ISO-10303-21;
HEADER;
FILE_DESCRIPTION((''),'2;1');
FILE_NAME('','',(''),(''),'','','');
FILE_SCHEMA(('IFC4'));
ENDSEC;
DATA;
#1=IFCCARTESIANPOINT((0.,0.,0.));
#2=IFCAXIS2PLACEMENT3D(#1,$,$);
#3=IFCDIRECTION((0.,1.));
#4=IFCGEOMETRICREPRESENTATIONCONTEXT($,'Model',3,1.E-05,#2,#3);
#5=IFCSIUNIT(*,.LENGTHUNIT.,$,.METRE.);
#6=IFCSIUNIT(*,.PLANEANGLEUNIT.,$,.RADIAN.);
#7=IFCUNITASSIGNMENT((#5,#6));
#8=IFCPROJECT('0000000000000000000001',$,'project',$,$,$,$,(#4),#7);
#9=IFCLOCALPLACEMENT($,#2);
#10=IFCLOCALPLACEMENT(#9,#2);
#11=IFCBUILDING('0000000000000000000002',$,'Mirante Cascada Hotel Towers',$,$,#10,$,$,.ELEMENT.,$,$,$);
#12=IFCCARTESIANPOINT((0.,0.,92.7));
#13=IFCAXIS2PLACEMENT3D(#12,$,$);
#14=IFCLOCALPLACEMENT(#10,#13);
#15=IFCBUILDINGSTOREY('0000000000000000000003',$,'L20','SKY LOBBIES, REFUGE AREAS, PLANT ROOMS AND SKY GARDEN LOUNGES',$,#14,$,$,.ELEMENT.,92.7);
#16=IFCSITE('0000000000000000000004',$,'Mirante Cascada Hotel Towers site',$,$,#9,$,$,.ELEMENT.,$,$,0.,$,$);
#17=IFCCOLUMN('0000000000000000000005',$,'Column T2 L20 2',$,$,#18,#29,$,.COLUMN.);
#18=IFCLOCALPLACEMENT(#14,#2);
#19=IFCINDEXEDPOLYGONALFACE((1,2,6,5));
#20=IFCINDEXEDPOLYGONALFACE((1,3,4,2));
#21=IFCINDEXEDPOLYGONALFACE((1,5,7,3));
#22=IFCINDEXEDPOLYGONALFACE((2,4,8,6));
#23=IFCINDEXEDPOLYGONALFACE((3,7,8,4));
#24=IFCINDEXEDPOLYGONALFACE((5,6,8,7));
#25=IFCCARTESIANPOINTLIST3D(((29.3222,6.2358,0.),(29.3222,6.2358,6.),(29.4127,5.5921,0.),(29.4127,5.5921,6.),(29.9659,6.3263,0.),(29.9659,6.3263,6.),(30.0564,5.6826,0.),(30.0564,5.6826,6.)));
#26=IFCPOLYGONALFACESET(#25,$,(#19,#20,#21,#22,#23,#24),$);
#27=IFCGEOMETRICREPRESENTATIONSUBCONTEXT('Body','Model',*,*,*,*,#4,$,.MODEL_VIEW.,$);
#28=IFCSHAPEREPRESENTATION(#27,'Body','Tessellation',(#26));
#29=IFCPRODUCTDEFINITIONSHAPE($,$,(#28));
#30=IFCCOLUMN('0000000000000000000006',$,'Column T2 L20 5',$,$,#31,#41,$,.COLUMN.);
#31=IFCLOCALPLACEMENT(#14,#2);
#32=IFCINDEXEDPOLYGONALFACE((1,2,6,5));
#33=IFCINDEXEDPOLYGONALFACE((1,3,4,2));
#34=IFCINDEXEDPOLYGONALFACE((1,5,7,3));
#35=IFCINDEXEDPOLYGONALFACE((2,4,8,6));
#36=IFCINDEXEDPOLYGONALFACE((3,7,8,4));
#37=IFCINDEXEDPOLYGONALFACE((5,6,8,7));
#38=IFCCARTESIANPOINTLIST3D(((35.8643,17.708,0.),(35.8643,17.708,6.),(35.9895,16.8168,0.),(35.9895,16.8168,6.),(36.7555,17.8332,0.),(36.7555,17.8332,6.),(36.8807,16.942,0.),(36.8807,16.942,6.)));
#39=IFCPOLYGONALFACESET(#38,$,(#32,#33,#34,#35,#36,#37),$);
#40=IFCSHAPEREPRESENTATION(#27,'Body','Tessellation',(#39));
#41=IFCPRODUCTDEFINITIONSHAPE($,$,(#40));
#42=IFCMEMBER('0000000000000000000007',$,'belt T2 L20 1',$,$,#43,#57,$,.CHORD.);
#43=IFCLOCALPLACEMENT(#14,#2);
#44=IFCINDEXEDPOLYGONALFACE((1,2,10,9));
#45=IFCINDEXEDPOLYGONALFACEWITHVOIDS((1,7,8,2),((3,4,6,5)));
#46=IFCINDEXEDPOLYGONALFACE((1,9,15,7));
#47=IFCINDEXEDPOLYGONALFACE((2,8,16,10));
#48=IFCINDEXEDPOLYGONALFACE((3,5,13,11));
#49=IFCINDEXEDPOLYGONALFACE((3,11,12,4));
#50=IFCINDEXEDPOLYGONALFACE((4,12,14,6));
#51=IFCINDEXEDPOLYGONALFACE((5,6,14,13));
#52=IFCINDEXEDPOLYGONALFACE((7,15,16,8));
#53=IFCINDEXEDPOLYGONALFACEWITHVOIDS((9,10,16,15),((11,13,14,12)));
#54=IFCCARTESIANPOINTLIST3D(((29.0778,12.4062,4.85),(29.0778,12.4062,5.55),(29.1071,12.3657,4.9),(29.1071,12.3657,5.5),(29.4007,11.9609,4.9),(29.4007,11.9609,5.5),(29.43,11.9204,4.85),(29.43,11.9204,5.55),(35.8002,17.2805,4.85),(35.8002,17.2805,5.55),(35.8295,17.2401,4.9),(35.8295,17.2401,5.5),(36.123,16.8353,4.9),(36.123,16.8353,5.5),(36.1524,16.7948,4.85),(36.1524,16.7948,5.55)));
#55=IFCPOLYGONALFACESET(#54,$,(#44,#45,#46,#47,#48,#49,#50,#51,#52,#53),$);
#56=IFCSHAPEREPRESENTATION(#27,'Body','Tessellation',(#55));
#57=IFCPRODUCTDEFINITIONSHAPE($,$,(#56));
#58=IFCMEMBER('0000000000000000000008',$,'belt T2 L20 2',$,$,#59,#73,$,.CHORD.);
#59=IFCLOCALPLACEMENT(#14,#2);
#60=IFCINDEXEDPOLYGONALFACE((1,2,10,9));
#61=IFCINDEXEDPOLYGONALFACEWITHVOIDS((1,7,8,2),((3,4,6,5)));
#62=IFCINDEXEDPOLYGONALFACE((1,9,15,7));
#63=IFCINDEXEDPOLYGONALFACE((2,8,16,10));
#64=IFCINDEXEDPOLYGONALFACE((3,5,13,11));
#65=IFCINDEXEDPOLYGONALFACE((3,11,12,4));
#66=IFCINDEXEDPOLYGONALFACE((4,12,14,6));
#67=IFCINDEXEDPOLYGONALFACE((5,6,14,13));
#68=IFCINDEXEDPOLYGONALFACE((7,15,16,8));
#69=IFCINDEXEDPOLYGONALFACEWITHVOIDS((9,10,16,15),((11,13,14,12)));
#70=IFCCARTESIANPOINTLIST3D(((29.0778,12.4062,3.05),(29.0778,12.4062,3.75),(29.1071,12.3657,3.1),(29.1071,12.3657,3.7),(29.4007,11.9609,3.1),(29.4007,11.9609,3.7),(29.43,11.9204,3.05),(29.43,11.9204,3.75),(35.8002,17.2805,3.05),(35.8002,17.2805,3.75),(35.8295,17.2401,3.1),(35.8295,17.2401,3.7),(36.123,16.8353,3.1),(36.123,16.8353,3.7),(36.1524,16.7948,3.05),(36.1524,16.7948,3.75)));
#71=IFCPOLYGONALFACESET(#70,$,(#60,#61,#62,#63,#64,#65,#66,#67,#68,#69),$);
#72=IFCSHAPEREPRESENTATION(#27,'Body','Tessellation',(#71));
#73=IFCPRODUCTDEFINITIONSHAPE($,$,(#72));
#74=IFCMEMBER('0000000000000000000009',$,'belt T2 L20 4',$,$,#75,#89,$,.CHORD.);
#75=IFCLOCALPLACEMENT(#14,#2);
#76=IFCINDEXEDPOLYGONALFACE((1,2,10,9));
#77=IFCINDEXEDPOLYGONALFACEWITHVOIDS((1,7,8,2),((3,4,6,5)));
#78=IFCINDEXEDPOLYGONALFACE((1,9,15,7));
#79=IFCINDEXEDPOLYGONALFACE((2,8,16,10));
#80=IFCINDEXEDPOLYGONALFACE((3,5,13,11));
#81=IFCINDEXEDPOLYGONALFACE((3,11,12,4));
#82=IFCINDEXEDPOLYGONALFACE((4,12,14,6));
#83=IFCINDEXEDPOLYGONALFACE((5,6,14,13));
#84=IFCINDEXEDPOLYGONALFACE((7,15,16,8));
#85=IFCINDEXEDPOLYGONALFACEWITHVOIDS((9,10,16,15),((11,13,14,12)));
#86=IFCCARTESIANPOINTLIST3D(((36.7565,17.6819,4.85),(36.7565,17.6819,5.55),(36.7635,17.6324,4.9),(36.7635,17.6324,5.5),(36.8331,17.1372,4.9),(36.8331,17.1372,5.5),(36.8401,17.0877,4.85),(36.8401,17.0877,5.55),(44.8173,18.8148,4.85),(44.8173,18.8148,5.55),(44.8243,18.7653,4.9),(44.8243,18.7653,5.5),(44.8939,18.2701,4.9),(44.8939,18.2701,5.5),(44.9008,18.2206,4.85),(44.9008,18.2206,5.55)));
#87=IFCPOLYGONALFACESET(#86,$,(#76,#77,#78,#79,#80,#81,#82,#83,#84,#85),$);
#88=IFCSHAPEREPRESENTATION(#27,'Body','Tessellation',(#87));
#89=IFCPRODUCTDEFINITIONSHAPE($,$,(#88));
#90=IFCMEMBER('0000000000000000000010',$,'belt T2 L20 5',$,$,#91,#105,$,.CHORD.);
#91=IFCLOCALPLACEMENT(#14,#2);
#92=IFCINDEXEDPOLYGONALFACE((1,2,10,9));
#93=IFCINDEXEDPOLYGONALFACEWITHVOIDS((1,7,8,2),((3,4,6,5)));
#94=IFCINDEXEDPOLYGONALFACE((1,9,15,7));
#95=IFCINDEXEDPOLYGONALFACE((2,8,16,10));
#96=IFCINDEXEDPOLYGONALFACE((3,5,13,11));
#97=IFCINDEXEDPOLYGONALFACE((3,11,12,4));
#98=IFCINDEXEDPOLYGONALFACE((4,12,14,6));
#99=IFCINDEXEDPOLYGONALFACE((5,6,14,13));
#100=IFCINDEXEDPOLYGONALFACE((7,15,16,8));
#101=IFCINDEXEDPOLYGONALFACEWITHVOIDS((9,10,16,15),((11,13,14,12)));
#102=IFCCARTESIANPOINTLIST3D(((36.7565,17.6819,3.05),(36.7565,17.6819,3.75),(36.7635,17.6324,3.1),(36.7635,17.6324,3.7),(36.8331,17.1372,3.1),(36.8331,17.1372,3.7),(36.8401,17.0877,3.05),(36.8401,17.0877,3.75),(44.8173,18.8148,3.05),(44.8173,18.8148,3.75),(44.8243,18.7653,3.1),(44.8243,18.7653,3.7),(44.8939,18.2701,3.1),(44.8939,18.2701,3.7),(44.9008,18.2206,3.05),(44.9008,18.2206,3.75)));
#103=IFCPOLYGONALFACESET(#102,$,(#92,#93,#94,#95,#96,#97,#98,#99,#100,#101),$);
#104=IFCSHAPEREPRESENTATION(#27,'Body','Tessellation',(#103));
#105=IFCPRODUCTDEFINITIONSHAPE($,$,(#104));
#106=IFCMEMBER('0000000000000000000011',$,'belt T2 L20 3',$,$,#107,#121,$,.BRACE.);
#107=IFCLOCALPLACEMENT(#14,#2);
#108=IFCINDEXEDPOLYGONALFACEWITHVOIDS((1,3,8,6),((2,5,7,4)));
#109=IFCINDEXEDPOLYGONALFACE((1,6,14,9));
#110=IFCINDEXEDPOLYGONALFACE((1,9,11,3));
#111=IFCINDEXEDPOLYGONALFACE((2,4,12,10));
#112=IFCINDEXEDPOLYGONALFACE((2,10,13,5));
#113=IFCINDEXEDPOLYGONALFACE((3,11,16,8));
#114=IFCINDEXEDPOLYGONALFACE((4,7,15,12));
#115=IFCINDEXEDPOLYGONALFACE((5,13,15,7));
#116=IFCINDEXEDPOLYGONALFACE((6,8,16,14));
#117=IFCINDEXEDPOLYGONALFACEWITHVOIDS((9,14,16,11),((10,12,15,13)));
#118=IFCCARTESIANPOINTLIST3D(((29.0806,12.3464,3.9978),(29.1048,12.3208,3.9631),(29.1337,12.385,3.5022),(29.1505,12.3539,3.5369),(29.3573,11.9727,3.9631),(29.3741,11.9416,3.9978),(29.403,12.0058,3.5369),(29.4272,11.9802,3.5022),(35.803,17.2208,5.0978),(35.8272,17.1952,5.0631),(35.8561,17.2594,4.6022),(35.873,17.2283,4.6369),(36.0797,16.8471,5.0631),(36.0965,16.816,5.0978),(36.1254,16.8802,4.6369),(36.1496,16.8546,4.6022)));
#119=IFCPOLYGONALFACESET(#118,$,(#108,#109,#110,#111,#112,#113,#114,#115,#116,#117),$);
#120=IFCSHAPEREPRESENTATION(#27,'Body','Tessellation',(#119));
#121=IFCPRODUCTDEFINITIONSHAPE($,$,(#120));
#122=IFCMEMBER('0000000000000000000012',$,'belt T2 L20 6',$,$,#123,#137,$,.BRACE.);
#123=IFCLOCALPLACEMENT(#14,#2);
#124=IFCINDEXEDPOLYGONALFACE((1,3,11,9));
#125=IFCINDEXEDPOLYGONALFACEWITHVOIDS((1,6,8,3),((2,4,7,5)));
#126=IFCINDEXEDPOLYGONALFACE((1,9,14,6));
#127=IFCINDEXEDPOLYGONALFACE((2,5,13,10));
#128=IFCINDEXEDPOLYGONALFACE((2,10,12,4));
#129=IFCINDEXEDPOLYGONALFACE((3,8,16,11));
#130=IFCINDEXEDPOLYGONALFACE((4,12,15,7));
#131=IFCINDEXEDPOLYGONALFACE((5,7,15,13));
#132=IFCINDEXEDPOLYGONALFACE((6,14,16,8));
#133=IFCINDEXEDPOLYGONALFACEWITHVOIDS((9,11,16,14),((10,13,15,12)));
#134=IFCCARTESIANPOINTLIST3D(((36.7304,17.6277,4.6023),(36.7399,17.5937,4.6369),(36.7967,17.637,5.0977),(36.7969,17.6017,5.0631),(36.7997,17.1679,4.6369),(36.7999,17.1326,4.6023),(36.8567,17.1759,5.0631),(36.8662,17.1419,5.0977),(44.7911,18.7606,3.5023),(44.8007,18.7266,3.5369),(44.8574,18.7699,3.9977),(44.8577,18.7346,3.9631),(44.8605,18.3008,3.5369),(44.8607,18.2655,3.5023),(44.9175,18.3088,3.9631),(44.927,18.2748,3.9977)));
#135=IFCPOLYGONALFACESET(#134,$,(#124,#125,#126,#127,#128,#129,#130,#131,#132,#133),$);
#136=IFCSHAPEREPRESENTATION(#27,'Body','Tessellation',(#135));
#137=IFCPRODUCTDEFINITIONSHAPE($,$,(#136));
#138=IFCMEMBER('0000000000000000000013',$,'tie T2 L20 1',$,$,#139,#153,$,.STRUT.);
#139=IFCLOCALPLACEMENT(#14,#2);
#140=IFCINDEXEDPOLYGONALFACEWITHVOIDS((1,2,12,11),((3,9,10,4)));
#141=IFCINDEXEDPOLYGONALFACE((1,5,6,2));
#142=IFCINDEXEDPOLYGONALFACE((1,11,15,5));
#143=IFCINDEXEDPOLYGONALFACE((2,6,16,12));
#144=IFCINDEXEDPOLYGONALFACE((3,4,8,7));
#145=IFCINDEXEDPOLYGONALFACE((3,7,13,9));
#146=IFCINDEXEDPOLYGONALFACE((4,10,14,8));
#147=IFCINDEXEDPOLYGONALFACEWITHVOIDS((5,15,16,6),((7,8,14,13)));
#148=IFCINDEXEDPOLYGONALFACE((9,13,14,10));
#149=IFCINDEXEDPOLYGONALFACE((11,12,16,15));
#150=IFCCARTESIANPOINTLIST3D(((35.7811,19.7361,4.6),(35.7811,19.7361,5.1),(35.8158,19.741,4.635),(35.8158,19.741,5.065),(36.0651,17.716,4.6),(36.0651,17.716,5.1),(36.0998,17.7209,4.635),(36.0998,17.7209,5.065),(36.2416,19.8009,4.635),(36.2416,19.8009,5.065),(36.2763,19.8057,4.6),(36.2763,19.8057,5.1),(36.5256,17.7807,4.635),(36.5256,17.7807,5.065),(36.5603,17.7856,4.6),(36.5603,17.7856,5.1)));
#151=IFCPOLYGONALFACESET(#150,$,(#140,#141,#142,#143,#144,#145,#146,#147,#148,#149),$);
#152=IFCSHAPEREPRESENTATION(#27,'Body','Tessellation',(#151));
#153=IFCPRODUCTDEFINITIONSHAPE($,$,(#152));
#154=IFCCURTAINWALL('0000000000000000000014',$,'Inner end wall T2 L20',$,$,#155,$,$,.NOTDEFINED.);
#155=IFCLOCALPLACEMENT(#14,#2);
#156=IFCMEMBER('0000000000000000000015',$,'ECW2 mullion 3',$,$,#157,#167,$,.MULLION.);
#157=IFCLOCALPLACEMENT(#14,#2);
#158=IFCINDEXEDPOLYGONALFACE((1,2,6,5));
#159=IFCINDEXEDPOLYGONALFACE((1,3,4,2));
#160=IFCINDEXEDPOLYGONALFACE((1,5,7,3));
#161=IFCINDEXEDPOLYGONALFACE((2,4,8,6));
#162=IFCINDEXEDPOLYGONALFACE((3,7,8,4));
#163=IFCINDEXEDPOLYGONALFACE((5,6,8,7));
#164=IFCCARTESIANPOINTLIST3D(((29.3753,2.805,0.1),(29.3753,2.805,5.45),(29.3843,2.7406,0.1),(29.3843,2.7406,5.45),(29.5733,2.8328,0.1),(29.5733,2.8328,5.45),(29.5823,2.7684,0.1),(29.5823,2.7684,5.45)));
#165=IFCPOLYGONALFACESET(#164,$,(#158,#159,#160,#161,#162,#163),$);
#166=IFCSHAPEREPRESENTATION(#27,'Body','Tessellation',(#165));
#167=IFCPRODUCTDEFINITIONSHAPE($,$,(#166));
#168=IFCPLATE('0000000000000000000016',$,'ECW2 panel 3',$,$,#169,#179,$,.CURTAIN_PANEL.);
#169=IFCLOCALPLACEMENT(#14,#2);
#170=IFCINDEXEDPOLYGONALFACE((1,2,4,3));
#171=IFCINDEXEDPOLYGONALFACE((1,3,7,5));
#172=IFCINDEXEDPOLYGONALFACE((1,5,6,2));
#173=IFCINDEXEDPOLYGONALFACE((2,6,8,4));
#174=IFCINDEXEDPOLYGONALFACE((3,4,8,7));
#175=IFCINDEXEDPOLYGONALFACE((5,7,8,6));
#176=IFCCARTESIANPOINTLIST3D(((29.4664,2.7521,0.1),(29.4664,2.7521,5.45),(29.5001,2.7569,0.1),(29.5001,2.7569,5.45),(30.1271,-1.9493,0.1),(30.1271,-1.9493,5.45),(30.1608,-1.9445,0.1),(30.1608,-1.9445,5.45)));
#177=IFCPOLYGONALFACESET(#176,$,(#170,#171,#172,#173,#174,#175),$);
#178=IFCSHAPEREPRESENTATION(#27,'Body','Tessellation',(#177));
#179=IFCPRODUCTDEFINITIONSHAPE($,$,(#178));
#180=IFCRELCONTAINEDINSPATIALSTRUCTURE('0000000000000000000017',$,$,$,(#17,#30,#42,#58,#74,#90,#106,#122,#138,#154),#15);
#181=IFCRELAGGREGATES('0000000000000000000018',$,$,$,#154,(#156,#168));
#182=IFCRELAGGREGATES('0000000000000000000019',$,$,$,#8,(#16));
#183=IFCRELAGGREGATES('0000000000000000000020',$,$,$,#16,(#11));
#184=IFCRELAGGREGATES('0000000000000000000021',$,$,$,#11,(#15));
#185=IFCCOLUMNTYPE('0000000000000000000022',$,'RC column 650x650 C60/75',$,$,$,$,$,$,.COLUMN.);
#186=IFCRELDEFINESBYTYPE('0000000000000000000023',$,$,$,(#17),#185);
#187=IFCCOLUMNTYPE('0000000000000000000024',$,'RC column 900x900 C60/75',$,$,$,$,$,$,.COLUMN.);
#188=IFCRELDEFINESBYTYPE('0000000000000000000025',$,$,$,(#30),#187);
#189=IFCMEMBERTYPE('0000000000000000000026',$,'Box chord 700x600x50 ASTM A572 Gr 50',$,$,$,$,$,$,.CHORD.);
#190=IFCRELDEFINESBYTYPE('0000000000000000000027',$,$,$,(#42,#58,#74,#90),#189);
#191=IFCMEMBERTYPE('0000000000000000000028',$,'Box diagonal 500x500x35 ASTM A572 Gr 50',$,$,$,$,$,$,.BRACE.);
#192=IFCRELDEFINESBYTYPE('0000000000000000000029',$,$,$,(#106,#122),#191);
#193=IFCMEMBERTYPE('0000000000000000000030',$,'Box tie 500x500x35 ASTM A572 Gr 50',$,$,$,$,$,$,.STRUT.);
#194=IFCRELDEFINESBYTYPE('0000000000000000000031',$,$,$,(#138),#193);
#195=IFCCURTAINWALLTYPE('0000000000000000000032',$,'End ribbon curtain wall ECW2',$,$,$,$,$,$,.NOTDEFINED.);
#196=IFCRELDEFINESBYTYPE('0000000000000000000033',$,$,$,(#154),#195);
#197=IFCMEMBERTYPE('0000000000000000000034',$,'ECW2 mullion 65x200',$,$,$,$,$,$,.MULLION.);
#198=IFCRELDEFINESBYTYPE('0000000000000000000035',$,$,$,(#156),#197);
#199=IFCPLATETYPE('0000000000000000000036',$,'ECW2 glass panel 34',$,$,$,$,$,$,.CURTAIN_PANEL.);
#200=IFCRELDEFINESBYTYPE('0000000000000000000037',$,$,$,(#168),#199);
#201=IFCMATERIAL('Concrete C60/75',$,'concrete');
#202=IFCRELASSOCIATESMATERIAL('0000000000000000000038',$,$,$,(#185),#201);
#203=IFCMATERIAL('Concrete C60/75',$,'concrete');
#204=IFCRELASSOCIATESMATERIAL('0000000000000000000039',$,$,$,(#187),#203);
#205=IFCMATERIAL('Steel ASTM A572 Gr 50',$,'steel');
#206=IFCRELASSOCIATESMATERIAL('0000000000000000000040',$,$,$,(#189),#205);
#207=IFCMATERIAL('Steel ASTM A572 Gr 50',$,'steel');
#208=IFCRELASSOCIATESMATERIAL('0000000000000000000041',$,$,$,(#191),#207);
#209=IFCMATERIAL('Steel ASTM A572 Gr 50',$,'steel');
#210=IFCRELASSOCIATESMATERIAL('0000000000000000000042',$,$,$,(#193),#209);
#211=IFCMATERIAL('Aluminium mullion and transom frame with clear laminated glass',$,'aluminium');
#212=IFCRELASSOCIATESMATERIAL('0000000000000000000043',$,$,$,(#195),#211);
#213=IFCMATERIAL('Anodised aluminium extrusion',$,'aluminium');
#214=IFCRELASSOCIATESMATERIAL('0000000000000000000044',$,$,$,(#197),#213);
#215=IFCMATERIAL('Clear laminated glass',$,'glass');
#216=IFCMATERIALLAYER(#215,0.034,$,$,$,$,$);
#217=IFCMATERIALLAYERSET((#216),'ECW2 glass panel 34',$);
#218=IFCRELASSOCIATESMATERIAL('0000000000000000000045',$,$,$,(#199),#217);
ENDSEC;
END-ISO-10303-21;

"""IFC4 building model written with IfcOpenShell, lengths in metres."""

from ifc_helpers import new_model, si_unit, direction, frame, origin, origin_2d, place, context, subcontext, project, spatial, rectangle, hollow_rectangle, extrude, material, layer, layer_set, material_profile, profile_set, type_object, element, aggregate, save


model = new_model("IFC4")

# Units and contexts
model_context = context("Model", 3, precision=1e-05, world=origin(), true_north=direction((0.0, 1.0)))
body_context = subcontext(model_context, "Body", "Model", "MODEL_VIEW")
ifc_project = project(units=[si_unit("LENGTHUNIT", "METRE"), si_unit("PLANEANGLEUNIT", "RADIAN")], contexts=[model_context])

# Site, building, storey
site_placement = place(None, origin())
site = spatial("IfcSite", under=ifc_project, at=site_placement, Name="Mirante Cascada Hotel Towers site", CompositionType="ELEMENT", RefElevation=0.0)
building_placement = place(site_placement, origin())
building = spatial("IfcBuilding", under=site, at=building_placement, Name="Mirante Cascada Hotel Towers", CompositionType="ELEMENT")
storey_placement = place(building_placement, frame((0.0, 0.0, 92.7)))
storey = spatial("IfcBuildingStorey", under=building, at=storey_placement, Name="L20", Description="SKY LOBBIES, REFUGE AREAS, PLANT ROOMS AND SKY GARDEN LOUNGES", CompositionType="ELEMENT", Elevation=92.7)

# Columns
ifc_material_1 = material(Name="Concrete C60/75", Category="concrete")
ifc_material_profile_1 = material_profile(ifc_material_1, rectangle(XDim=0.65, YDim=0.65, at=origin_2d()), Name="RC column 650x650 C60/75")
ifc_profile_set_1 = profile_set([ifc_material_profile_1], Name="Concrete C60/75")
column_type_1 = type_object("IfcColumnType", Name="RC column 650x650 C60/75", PredefinedType="COLUMN", material=ifc_profile_set_1)
column_1_placement = place(storey_placement, frame((29.6893, 5.9592, 0.0), z_axis=(0.0, 0.0, 1.0), x_axis=(0.990268, 0.139173, 0.0)))
element("IfcColumn", 1, at=column_1_placement, inside=storey, type_object=column_type_1, Name="Column T2 L20 2", PredefinedType="COLUMN", context=body_context, shape_type="SweptSolid", body=[
    extrude(rectangle(XDim=0.65, YDim=0.65, at=origin_2d()), origin(), (0.0, 0.0, 1.0), 6.0),
])
ifc_material_2 = material(Name="Concrete C60/75", Category="concrete")
ifc_material_profile_2 = material_profile(ifc_material_2, rectangle(XDim=0.9, YDim=0.9, at=origin_2d()), Name="RC column 900x900 C60/75")
ifc_profile_set_2 = profile_set([ifc_material_profile_2], Name="Concrete C60/75")
column_type_2 = type_object("IfcColumnType", Name="RC column 900x900 C60/75", PredefinedType="COLUMN", material=ifc_profile_set_2)
column_2_placement = place(storey_placement, frame((36.3725, 17.325, 0.0), z_axis=(0.0, 0.0, 1.0), x_axis=(0.990268, 0.139173, 0.0)))
element("IfcColumn", 2, at=column_2_placement, inside=storey, type_object=column_type_2, Name="Column T2 L20 5", PredefinedType="COLUMN", context=body_context, shape_type="SweptSolid", body=[
    extrude(rectangle(XDim=0.9, YDim=0.9, at=origin_2d()), origin(), (0.0, 0.0, 1.0), 6.0),
])

# Members
ifc_material_3 = material(Name="Steel ASTM A572 Gr 50", Category="steel")
ifc_material_profile_3 = material_profile(ifc_material_3, hollow_rectangle(XDim=0.6, YDim=0.7, WallThickness=0.05, at=origin_2d()), Name="Box chord 700x600x50 ASTM A572 Gr 50")
ifc_profile_set_3 = profile_set([ifc_material_profile_3], Name="Steel ASTM A572 Gr 50")
member_type_1 = type_object("IfcMemberType", Name="Box chord 700x600x50 ASTM A572 Gr 50", PredefinedType="CHORD", material=ifc_profile_set_3)
for number, where, z_axis, x_axis, name in (
    (3, (29.2539, 12.1633, 5.2), (0.809573, 0.58702, 0.0), (-0.58702, 0.809573, 0.0), "belt T2 L20 1"),
    (4, (29.2539, 12.1633, 3.4), (0.809573, 0.58702, 0.0), (-0.58702, 0.809573, 0.0), "belt T2 L20 2"),
):
    element("IfcMember", number, at=place(storey_placement, frame(where, z_axis=z_axis, x_axis=x_axis)), inside=storey, type_object=member_type_1, Name=name, PredefinedType="CHORD", context=body_context, shape_type="SweptSolid", body=[
        extrude(hollow_rectangle(XDim=0.6, YDim=0.7, WallThickness=0.05, at=origin_2d()), origin(), (0.0, 0.0, 1.0), 8.3036),
    ])
for number, where, z_axis, x_axis, name in (
    (5, (36.7983, 17.3848, 5.2), (0.990268, 0.139177, 0.0), (-0.139177, 0.990268, 0.0), "belt T2 L20 4"),
    (6, (36.7983, 17.3848, 3.4), (0.990268, 0.139177, 0.0), (-0.139177, 0.990268, 0.0), "belt T2 L20 5"),
):
    element("IfcMember", number, at=place(storey_placement, frame(where, z_axis=z_axis, x_axis=x_axis)), inside=storey, type_object=member_type_1, Name=name, PredefinedType="CHORD", context=body_context, shape_type="SweptSolid", body=[
        extrude(hollow_rectangle(XDim=0.6, YDim=0.7, WallThickness=0.05, at=origin_2d()), origin(), (0.0, 0.0, 1.0), 8.14),
    ])
ifc_material_4 = material(Name="Steel ASTM A572 Gr 50", Category="steel")
ifc_material_profile_4 = material_profile(ifc_material_4, hollow_rectangle(XDim=0.5, YDim=0.5, WallThickness=0.035, at=origin_2d()), Name="Box diagonal 500x500x35 ASTM A572 Gr 50")
ifc_profile_set_4 = profile_set([ifc_material_profile_4], Name="Steel ASTM A572 Gr 50")
member_type_2 = type_object("IfcMemberType", Name="Box diagonal 500x500x35 ASTM A572 Gr 50", PredefinedType="BRACE", material=ifc_profile_set_4)
member_1_placement = place(storey_placement, frame((29.2539, 12.1633, 3.75), z_axis=(0.802561, 0.581936, 0.131325), x_axis=(-0.58702, 0.809573, 0.0)))
element("IfcMember", 7, at=member_1_placement, inside=storey, type_object=member_type_2, Name="belt T2 L20 3", PredefinedType="BRACE", context=body_context, shape_type="SweptSolid", body=[
    extrude(hollow_rectangle(XDim=0.5, YDim=0.5, WallThickness=0.035, at=origin_2d()), origin(), (0.0, 0.0, 1.0), 8.3762),
])
member_2_placement = place(storey_placement, frame((36.7983, 17.3848, 4.85), z_axis=(0.981348, 0.137923, -0.133917), x_axis=(-0.139177, 0.990268, 0.0)))
element("IfcMember", 8, at=member_2_placement, inside=storey, type_object=member_type_2, Name="belt T2 L20 6", PredefinedType="BRACE", context=body_context, shape_type="SweptSolid", body=[
    extrude(hollow_rectangle(XDim=0.5, YDim=0.5, WallThickness=0.035, at=origin_2d()), origin(), (0.0, 0.0, 1.0), 8.214),
])
ifc_material_5 = material(Name="Steel ASTM A572 Gr 50", Category="steel")
ifc_material_profile_5 = material_profile(ifc_material_5, hollow_rectangle(XDim=0.5, YDim=0.5, WallThickness=0.035, at=origin_2d()), Name="Box tie 500x500x35 ASTM A572 Gr 50")
ifc_profile_set_5 = profile_set([ifc_material_profile_5], Name="Steel ASTM A572 Gr 50")
member_type_3 = type_object("IfcMemberType", Name="Box tie 500x500x35 ASTM A572 Gr 50", PredefinedType="STRUT", material=ifc_profile_set_5)
member_3_placement = place(storey_placement, frame((36.3127, 17.7508, 4.85), z_axis=(-0.139218, 0.990262, 0.0), x_axis=(-0.990262, -0.139218, 0.0)))
element("IfcMember", 9, at=member_3_placement, inside=storey, type_object=member_type_3, Name="tie T2 L20 1", PredefinedType="STRUT", context=body_context, shape_type="SweptSolid", body=[
    extrude(hollow_rectangle(XDim=0.5, YDim=0.5, WallThickness=0.035, at=origin_2d()), origin(), (0.0, 0.0, 1.0), 2.04),
])

# Curtain wall, member, plate
ifc_material_6 = material(Name="Aluminium mullion and transom frame with clear laminated glass", Category="aluminium")
curtain_wall_type = type_object("IfcCurtainWallType", Name="End ribbon curtain wall ECW2", PredefinedType="NOTDEFINED", material=ifc_material_6)
curtain_wall_placement = place(storey_placement, origin())
curtain_wall = element("IfcCurtainWall", 10, at=curtain_wall_placement, inside=storey, type_object=curtain_wall_type, Name="Inner end wall T2 L20", PredefinedType="NOTDEFINED")
ifc_material_7 = material(Name="Anodised aluminium extrusion", Category="aluminium")
ifc_material_profile_6 = material_profile(ifc_material_7, rectangle(XDim=0.2, YDim=0.065, at=origin_2d()), Name="ECW2 MULLION 65x200")
ifc_profile_set_6 = profile_set([ifc_material_profile_6], Name="Anodised aluminium extrusion")
member_type_4 = type_object("IfcMemberType", Name="ECW2 mullion 65x200", PredefinedType="MULLION", material=ifc_profile_set_6)
member_4_placement = place(storey_placement, frame((29.4788, 2.7867, 0.1), z_axis=(0.0, 0.0, 1.0), x_axis=(0.990268, 0.139173, 0.0)))
member_4 = element("IfcMember", 11, at=member_4_placement, type_object=member_type_4, Name="ECW2 mullion 3", PredefinedType="MULLION", context=body_context, shape_type="SweptSolid", body=[
    extrude(rectangle(XDim=0.2, YDim=0.065, at=origin_2d()), origin(), (0.0, 0.0, 1.0), 5.35),
])
ifc_material_8 = material(Name="Clear laminated glass", Category="glass")
ifc_layer_1 = layer(ifc_material_8, 0.034)
ifc_layer_set_1 = layer_set([ifc_layer_1], Name="ECW2 glass panel 34")
plate_type = type_object("IfcPlateType", Name="ECW2 glass panel 34", PredefinedType="CURTAIN_PANEL", material=ifc_layer_set_1)
plate_placement = place(storey_placement, frame((29.8136, 0.4038, 0.1), z_axis=(0.0, 0.0, 1.0), x_axis=(0.139173, -0.990268, 0.0)))
plate = element("IfcPlate", 12, at=plate_placement, type_object=plate_type, Name="ECW2 panel 3", PredefinedType="CURTAIN_PANEL", context=body_context, shape_type="SweptSolid", body=[
    extrude(rectangle(XDim=4.7476, YDim=0.034, at=origin_2d()), origin(), (0.0, 0.0, 1.0), 5.35),
])
aggregate(curtain_wall, [member_4, plate])

save(model, "model.ifc")
